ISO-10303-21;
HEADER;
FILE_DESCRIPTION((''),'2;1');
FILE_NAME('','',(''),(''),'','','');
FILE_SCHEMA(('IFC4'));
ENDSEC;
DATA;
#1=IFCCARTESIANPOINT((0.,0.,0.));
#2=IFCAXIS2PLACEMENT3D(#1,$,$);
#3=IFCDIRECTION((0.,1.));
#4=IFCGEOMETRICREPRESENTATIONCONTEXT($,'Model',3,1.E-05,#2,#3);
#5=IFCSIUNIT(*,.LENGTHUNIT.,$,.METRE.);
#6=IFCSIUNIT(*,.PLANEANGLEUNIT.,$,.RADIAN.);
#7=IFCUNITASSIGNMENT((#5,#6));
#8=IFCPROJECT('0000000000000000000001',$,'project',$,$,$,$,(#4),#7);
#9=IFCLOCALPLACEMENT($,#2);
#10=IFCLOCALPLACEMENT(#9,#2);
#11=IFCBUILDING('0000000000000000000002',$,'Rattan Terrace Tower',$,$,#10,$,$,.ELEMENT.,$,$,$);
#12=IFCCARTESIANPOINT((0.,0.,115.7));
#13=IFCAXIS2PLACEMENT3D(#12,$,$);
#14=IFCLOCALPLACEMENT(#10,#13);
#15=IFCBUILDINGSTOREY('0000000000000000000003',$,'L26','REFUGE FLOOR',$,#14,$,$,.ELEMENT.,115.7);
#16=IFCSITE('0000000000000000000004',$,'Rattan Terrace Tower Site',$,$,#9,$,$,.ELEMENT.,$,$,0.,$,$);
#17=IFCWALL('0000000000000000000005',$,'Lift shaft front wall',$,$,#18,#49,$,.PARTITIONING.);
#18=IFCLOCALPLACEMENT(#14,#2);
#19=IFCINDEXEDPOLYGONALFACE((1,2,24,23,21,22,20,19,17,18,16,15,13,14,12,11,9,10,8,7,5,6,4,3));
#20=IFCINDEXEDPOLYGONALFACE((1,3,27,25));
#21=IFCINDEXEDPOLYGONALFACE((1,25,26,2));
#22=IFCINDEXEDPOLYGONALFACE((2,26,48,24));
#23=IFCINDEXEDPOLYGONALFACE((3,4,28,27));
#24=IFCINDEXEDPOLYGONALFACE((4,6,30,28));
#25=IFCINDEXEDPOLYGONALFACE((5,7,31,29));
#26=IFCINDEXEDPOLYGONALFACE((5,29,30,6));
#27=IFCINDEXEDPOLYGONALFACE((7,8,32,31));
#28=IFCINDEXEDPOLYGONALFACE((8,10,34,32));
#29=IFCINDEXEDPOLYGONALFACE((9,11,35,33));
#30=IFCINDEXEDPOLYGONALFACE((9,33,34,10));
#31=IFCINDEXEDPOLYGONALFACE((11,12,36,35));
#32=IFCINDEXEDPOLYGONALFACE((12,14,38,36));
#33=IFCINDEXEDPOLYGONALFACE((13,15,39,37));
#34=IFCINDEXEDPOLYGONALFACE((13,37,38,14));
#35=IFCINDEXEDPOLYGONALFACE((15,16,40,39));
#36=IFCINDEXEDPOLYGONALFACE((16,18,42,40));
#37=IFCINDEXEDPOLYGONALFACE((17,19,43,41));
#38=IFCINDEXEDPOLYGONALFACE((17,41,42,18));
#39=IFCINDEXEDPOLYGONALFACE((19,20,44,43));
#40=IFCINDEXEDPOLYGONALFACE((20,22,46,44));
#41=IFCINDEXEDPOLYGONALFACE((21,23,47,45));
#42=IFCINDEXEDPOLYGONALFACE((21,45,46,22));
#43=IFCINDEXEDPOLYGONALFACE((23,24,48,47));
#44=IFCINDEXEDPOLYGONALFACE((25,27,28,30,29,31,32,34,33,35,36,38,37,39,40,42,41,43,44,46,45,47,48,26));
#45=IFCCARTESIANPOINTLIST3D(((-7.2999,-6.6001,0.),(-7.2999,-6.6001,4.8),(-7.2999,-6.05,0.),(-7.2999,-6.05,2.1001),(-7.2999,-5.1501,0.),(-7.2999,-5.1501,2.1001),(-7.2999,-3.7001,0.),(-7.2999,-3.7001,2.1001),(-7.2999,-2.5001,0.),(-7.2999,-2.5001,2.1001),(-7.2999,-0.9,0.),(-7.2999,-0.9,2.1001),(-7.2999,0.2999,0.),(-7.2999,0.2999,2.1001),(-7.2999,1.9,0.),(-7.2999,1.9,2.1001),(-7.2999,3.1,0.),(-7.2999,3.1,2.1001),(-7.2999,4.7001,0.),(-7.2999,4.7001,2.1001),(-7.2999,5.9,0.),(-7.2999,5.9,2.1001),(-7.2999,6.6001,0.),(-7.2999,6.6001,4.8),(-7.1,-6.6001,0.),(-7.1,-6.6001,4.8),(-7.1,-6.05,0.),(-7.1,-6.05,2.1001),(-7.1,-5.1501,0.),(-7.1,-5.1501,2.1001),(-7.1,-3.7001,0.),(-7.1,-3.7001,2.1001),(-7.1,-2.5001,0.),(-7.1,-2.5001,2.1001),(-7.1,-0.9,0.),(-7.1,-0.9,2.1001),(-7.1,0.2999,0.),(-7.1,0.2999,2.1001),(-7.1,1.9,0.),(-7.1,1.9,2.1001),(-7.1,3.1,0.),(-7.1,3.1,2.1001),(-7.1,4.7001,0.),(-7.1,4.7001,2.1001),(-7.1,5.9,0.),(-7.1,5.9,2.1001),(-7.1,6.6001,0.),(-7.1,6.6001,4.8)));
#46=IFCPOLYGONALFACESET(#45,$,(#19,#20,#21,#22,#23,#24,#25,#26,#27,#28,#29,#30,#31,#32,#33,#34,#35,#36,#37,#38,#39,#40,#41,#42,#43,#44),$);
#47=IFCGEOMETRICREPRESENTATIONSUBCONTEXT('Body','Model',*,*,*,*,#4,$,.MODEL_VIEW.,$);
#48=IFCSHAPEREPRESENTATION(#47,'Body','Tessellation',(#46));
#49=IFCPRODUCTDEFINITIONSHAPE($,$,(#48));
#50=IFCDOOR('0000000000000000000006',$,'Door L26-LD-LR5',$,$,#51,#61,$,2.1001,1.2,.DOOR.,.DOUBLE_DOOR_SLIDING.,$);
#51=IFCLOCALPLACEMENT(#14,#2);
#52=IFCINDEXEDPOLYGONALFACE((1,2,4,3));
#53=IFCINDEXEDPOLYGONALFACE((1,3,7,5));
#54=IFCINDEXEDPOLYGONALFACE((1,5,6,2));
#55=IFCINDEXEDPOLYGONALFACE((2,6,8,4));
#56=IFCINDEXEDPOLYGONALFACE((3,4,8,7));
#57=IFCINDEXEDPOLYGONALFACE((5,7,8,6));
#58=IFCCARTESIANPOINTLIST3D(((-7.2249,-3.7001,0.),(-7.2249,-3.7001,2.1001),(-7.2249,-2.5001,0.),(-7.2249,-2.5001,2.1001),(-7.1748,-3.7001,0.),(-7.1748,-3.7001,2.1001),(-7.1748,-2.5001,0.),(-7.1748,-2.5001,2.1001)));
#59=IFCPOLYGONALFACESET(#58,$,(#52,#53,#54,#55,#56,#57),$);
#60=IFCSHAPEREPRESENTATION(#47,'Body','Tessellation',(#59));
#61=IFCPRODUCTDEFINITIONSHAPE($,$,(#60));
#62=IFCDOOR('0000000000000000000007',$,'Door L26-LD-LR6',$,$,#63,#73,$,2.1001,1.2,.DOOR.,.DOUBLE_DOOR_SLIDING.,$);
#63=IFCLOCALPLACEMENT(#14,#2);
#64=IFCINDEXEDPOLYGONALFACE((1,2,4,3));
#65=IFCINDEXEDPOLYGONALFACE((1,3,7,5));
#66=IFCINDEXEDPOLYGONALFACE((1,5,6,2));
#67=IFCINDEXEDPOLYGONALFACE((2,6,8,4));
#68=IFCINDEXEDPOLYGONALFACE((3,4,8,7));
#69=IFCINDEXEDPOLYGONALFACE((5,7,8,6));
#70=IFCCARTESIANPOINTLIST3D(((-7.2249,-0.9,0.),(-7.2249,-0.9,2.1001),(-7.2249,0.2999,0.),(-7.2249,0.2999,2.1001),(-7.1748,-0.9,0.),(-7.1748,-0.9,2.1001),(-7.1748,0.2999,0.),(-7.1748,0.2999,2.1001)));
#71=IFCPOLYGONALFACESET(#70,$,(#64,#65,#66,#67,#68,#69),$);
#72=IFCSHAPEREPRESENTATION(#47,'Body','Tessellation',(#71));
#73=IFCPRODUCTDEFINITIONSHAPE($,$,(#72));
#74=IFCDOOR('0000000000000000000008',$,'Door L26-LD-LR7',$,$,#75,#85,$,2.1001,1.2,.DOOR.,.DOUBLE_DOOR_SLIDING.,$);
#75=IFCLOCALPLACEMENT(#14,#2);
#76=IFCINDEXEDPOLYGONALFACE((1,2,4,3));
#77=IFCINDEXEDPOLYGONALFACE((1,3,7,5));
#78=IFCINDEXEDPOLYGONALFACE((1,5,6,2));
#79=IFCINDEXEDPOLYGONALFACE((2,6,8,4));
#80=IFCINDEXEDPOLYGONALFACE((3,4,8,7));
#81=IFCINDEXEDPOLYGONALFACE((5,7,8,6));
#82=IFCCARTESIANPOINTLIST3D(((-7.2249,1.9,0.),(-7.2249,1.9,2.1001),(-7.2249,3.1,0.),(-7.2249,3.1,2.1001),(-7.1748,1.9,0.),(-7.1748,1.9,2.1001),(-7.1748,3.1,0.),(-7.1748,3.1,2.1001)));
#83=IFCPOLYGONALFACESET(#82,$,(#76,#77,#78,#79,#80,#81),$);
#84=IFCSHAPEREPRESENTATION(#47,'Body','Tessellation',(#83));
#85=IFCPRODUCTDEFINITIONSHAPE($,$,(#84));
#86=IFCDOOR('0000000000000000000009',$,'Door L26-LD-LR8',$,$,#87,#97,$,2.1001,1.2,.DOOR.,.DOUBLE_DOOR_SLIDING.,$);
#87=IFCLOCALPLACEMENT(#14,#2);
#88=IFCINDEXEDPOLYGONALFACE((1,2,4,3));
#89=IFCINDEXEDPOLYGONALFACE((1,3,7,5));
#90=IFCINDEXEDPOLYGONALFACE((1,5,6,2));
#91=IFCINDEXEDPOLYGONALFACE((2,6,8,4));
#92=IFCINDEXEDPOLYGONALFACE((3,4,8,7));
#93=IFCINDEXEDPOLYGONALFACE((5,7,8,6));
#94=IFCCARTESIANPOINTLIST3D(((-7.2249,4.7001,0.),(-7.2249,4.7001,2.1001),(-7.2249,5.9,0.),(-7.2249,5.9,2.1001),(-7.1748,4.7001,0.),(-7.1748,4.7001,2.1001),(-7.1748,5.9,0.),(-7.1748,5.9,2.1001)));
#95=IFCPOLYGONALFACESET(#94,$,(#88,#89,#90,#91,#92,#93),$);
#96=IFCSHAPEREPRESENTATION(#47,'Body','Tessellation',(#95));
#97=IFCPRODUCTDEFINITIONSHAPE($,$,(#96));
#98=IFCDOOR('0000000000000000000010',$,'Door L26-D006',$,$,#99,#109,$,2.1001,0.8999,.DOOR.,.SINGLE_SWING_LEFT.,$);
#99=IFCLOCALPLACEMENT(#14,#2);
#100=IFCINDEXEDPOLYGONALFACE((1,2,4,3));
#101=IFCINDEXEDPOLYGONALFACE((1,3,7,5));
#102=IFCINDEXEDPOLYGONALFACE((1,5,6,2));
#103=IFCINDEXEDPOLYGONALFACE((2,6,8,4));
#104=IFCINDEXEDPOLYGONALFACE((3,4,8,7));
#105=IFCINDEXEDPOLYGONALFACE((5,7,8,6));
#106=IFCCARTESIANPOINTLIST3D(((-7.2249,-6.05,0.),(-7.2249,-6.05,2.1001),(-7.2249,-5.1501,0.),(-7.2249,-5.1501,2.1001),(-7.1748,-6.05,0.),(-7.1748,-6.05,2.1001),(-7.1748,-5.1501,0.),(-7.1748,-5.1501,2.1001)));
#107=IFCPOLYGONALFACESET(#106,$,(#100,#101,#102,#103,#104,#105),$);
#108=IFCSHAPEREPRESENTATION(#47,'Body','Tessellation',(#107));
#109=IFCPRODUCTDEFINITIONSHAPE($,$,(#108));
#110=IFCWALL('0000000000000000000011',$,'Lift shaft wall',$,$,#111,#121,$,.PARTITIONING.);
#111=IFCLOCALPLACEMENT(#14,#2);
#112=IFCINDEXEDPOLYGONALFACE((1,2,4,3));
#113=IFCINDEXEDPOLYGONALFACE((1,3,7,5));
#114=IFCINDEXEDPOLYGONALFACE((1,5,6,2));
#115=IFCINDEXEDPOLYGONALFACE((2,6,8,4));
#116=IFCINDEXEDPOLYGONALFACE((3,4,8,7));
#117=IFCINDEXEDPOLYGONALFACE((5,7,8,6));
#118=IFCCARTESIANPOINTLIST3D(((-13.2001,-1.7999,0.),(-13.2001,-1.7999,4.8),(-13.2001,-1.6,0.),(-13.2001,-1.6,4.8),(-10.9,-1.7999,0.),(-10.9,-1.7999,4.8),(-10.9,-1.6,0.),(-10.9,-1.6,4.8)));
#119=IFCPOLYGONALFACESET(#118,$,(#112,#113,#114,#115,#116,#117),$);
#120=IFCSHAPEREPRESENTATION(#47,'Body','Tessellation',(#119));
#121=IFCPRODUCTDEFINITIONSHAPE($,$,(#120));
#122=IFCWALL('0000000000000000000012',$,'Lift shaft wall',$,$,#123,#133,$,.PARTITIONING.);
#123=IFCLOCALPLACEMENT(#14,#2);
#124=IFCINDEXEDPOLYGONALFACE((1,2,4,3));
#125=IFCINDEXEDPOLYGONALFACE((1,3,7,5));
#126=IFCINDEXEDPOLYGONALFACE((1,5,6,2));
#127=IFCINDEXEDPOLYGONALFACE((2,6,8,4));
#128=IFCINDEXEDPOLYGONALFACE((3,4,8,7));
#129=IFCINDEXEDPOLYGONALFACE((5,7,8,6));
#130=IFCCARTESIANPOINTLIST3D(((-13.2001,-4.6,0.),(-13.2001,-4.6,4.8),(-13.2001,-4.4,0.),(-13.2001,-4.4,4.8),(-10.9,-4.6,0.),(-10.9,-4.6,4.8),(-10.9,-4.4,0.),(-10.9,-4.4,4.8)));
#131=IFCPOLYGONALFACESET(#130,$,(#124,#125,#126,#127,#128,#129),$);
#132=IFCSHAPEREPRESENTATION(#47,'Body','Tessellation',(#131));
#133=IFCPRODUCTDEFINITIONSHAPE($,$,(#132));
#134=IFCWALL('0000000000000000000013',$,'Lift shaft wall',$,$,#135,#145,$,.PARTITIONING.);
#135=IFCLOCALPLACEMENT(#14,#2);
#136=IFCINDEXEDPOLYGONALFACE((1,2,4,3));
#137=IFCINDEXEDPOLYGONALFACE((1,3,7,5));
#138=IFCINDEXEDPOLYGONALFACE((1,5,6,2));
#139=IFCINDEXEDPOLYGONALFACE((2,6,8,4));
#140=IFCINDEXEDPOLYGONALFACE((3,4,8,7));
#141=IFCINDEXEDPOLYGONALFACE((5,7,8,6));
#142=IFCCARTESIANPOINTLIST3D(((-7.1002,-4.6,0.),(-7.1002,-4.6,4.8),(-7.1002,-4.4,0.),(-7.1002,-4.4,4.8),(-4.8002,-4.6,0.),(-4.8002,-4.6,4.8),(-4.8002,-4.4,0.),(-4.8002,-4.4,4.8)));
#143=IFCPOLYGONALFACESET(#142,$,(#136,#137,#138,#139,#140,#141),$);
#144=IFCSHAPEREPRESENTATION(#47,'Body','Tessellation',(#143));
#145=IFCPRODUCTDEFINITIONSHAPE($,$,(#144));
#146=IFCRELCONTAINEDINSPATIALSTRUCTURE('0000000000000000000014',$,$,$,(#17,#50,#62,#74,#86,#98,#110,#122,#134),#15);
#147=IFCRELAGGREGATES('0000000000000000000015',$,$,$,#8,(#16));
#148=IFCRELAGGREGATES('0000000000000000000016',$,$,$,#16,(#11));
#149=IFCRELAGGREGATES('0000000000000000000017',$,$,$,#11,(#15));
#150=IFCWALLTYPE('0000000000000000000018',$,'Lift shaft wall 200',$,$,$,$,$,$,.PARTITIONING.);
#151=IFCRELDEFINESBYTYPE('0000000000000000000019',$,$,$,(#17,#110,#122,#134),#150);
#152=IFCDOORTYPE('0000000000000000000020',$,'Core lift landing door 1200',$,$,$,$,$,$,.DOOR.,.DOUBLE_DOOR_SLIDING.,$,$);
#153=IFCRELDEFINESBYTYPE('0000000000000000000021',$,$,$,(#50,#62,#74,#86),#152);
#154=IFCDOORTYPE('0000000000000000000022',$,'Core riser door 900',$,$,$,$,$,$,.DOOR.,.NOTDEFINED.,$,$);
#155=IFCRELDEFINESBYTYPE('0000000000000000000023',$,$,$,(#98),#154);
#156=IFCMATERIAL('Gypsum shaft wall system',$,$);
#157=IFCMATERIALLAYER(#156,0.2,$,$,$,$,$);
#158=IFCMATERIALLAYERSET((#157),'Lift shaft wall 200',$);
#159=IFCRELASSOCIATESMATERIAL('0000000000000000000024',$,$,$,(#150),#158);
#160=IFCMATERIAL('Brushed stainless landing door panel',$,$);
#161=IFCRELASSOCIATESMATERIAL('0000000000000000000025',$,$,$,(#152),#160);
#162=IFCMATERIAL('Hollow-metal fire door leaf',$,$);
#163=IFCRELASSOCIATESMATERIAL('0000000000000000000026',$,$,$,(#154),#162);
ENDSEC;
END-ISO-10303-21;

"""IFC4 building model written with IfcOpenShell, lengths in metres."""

from ifc_helpers import new_model, si_unit, direction, frame, frame_2d, origin, place, context, subcontext, project, spatial, rectangle, extrude, material, layer, layer_set, type_object, element, fill, save


model = new_model("IFC4")

# Units and contexts
model_context = context("Model", 3, precision=1e-05, world=origin(), true_north=direction((0.0, 1.0)))
body_context = subcontext(model_context, "Body", "Model", "MODEL_VIEW")
ifc_project = project(units=[si_unit("LENGTHUNIT", "METRE"), si_unit("PLANEANGLEUNIT", "RADIAN")], contexts=[model_context])

# Site, building, storey
site_placement = place(None, origin())
site = spatial("IfcSite", under=ifc_project, at=site_placement, Name="Rattan Terrace Tower Site", CompositionType="ELEMENT", RefElevation=0.0)
building_placement = place(site_placement, origin())
building = spatial("IfcBuilding", under=site, at=building_placement, Name="Rattan Terrace Tower", CompositionType="ELEMENT")
storey_placement = place(building_placement, frame((0.0, 0.0, 115.7)))
storey = spatial("IfcBuildingStorey", under=building, at=storey_placement, Name="L26", Description="REFUGE FLOOR", CompositionType="ELEMENT", Elevation=115.7)

# Wall, openings, doors
ifc_material_1 = material(Name="Gypsum shaft wall system")
ifc_layer_1 = layer(ifc_material_1, 0.2)
ifc_layer_set_1 = layer_set([ifc_layer_1], Name="Lift shaft wall 200")
wall_type_1 = type_object("IfcWallType", Name="Lift shaft wall 200", PredefinedType="PARTITIONING", material=ifc_layer_set_1)
ifc_material_2 = material(Name="Brushed stainless landing door panel")
door_type_1 = type_object("IfcDoorType", Name="Core lift landing door 1200", OperationType="DOUBLE_DOOR_SLIDING", PredefinedType="DOOR", material=ifc_material_2)
ifc_material_3 = material(Name="Hollow-metal fire door leaf")
door_type_2 = type_object("IfcDoorType", Name="Core riser door 900", OperationType="NOTDEFINED", PredefinedType="DOOR", material=ifc_material_3)
wall_1_placement = place(storey_placement, frame((-7.2, -6.6001, 0.0), z_axis=(0.0, 0.0, 1.0), x_axis=(0.0, 1.0, 0.0)))
wall_1 = element("IfcWall", 1, at=wall_1_placement, inside=storey, type_object=wall_type_1, Name="Lift shaft front wall", PredefinedType="PARTITIONING", context=body_context, shape_type="SweptSolid", body=[
    extrude(rectangle(XDim=13.2002, YDim=0.2, at=frame_2d((6.6001, 0.0))), origin(), (0.0, 0.0, 1.0), 4.8),
])
opening_1_placement = place(wall_1_placement, frame((0.55, 0.0, 0.0)))
opening_1 = element("IfcOpeningElement", 2, at=opening_1_placement, cuts=wall_1, PredefinedType="OPENING", context=body_context, shape_type="SweptSolid", body=[
    extrude(rectangle(XDim=0.8999, YDim=2.1001, at=frame_2d((0.45, 1.05))), frame((0.0, 0.1106, 0.0), z_axis=(0.0, -1.0, 0.0), x_axis=(1.0, 0.0, 0.0)), (0.0, 0.0, 1.0), 0.2209),
])
opening_2_placement = place(wall_1_placement, frame((2.8999, 0.0, 0.0)))
opening_2 = element("IfcOpeningElement", 3, at=opening_2_placement, cuts=wall_1, PredefinedType="OPENING", context=body_context, shape_type="SweptSolid", body=[
    extrude(rectangle(XDim=1.2, YDim=2.1001, at=frame_2d((0.6001, 1.05))), frame((0.0, 0.1106, 0.0), z_axis=(0.0, -1.0, 0.0), x_axis=(1.0, 0.0, 0.0)), (0.0, 0.0, 1.0), 0.2209),
])
opening_3_placement = place(wall_1_placement, frame((5.7, 0.0, 0.0)))
opening_3 = element("IfcOpeningElement", 4, at=opening_3_placement, cuts=wall_1, PredefinedType="OPENING", context=body_context, shape_type="SweptSolid", body=[
    extrude(rectangle(XDim=1.2, YDim=2.1001, at=frame_2d((0.6001, 1.05))), frame((0.0, 0.1106, 0.0), z_axis=(0.0, -1.0, 0.0), x_axis=(1.0, 0.0, 0.0)), (0.0, 0.0, 1.0), 0.2209),
])
opening_4_placement = place(wall_1_placement, frame((8.5, 0.0, 0.0)))
opening_4 = element("IfcOpeningElement", 5, at=opening_4_placement, cuts=wall_1, PredefinedType="OPENING", context=body_context, shape_type="SweptSolid", body=[
    extrude(rectangle(XDim=1.2, YDim=2.1001, at=frame_2d((0.6001, 1.05))), frame((0.0, 0.1106, 0.0), z_axis=(0.0, -1.0, 0.0), x_axis=(1.0, 0.0, 0.0)), (0.0, 0.0, 1.0), 0.2209),
])
opening_5_placement = place(wall_1_placement, frame((11.3, 0.0, 0.0)))
opening_5 = element("IfcOpeningElement", 6, at=opening_5_placement, cuts=wall_1, PredefinedType="OPENING", context=body_context, shape_type="SweptSolid", body=[
    extrude(rectangle(XDim=1.2, YDim=2.1001, at=frame_2d((0.6001, 1.05))), frame((0.0, 0.1106, 0.0), z_axis=(0.0, -1.0, 0.0), x_axis=(1.0, 0.0, 0.0)), (0.0, 0.0, 1.0), 0.2209),
])
door_1_placement = place(opening_2_placement, origin())
door_1 = element("IfcDoor", 7, at=door_1_placement, inside=storey, type_object=door_type_1, Name="Door L26-LD-LR5", OperationType="DOUBLE_DOOR_SLIDING", OverallHeight=2.1001, OverallWidth=1.2, PredefinedType="DOOR", context=body_context, shape_type="SweptSolid", body=[
    extrude(rectangle(XDim=1.2, YDim=2.1001, at=frame_2d((0.6001, 1.05))), frame((0.0, 0.0249, 0.0), z_axis=(0.0, -1.0, 0.0), x_axis=(1.0, 0.0, 0.0)), (0.0, 0.0, 1.0), 0.05),
])
fill(opening_2, door_1)
door_2_placement = place(opening_3_placement, origin())
door_2 = element("IfcDoor", 8, at=door_2_placement, inside=storey, type_object=door_type_1, Name="Door L26-LD-LR6", OperationType="DOUBLE_DOOR_SLIDING", OverallHeight=2.1001, OverallWidth=1.2, PredefinedType="DOOR", context=body_context, shape_type="SweptSolid", body=[
    extrude(rectangle(XDim=1.2, YDim=2.1001, at=frame_2d((0.6001, 1.05))), frame((0.0, 0.0249, 0.0), z_axis=(0.0, -1.0, 0.0), x_axis=(1.0, 0.0, 0.0)), (0.0, 0.0, 1.0), 0.05),
])
fill(opening_3, door_2)
door_3_placement = place(opening_4_placement, origin())
door_3 = element("IfcDoor", 9, at=door_3_placement, inside=storey, type_object=door_type_1, Name="Door L26-LD-LR7", OperationType="DOUBLE_DOOR_SLIDING", OverallHeight=2.1001, OverallWidth=1.2, PredefinedType="DOOR", context=body_context, shape_type="SweptSolid", body=[
    extrude(rectangle(XDim=1.2, YDim=2.1001, at=frame_2d((0.6001, 1.05))), frame((0.0, 0.0249, 0.0), z_axis=(0.0, -1.0, 0.0), x_axis=(1.0, 0.0, 0.0)), (0.0, 0.0, 1.0), 0.05),
])
fill(opening_4, door_3)
door_4_placement = place(opening_5_placement, origin())
door_4 = element("IfcDoor", 10, at=door_4_placement, inside=storey, type_object=door_type_1, Name="Door L26-LD-LR8", OperationType="DOUBLE_DOOR_SLIDING", OverallHeight=2.1001, OverallWidth=1.2, PredefinedType="DOOR", context=body_context, shape_type="SweptSolid", body=[
    extrude(rectangle(XDim=1.2, YDim=2.1001, at=frame_2d((0.6001, 1.05))), frame((0.0, 0.0249, 0.0), z_axis=(0.0, -1.0, 0.0), x_axis=(1.0, 0.0, 0.0)), (0.0, 0.0, 1.0), 0.05),
])
fill(opening_5, door_4)
door_5_placement = place(opening_1_placement, origin())
door_5 = element("IfcDoor", 11, at=door_5_placement, inside=storey, type_object=door_type_2, Name="Door L26-D006", OperationType="SINGLE_SWING_LEFT", OverallHeight=2.1001, OverallWidth=0.8999, PredefinedType="DOOR", context=body_context, shape_type="SweptSolid", body=[
    extrude(rectangle(XDim=0.8999, YDim=2.1001, at=frame_2d((0.45, 1.05))), frame((0.0, 0.0249, 0.0), z_axis=(0.0, -1.0, 0.0), x_axis=(1.0, 0.0, 0.0)), (0.0, 0.0, 1.0), 0.05),
])
fill(opening_1, door_5)

# Walls
for number, where, z_axis, x_axis, name in (
    (12, (-13.2, -1.7, 0.0), (0.0, 0.0, 1.0), (1.0, 0.0, 0.0), "Lift shaft wall"),
    (13, (-13.2, -4.5, 0.0), (0.0, 0.0, 1.0), (1.0, 0.0, 0.0), "Lift shaft wall"),
    (14, (-7.1001, -4.5, 0.0), (0.0, 0.0, 1.0), (1.0, 0.0, 0.0), "Lift shaft wall"),
):
    element("IfcWall", number, at=place(storey_placement, frame(where, z_axis=z_axis, x_axis=x_axis)), inside=storey, type_object=wall_type_1, Name=name, PredefinedType="PARTITIONING", context=body_context, shape_type="SweptSolid", body=[
        extrude(rectangle(XDim=2.3, YDim=0.2, at=frame_2d((1.1499, 0.0))), origin(), (0.0, 0.0, 1.0), 4.8),
    ])

save(model, "model.ifc")
